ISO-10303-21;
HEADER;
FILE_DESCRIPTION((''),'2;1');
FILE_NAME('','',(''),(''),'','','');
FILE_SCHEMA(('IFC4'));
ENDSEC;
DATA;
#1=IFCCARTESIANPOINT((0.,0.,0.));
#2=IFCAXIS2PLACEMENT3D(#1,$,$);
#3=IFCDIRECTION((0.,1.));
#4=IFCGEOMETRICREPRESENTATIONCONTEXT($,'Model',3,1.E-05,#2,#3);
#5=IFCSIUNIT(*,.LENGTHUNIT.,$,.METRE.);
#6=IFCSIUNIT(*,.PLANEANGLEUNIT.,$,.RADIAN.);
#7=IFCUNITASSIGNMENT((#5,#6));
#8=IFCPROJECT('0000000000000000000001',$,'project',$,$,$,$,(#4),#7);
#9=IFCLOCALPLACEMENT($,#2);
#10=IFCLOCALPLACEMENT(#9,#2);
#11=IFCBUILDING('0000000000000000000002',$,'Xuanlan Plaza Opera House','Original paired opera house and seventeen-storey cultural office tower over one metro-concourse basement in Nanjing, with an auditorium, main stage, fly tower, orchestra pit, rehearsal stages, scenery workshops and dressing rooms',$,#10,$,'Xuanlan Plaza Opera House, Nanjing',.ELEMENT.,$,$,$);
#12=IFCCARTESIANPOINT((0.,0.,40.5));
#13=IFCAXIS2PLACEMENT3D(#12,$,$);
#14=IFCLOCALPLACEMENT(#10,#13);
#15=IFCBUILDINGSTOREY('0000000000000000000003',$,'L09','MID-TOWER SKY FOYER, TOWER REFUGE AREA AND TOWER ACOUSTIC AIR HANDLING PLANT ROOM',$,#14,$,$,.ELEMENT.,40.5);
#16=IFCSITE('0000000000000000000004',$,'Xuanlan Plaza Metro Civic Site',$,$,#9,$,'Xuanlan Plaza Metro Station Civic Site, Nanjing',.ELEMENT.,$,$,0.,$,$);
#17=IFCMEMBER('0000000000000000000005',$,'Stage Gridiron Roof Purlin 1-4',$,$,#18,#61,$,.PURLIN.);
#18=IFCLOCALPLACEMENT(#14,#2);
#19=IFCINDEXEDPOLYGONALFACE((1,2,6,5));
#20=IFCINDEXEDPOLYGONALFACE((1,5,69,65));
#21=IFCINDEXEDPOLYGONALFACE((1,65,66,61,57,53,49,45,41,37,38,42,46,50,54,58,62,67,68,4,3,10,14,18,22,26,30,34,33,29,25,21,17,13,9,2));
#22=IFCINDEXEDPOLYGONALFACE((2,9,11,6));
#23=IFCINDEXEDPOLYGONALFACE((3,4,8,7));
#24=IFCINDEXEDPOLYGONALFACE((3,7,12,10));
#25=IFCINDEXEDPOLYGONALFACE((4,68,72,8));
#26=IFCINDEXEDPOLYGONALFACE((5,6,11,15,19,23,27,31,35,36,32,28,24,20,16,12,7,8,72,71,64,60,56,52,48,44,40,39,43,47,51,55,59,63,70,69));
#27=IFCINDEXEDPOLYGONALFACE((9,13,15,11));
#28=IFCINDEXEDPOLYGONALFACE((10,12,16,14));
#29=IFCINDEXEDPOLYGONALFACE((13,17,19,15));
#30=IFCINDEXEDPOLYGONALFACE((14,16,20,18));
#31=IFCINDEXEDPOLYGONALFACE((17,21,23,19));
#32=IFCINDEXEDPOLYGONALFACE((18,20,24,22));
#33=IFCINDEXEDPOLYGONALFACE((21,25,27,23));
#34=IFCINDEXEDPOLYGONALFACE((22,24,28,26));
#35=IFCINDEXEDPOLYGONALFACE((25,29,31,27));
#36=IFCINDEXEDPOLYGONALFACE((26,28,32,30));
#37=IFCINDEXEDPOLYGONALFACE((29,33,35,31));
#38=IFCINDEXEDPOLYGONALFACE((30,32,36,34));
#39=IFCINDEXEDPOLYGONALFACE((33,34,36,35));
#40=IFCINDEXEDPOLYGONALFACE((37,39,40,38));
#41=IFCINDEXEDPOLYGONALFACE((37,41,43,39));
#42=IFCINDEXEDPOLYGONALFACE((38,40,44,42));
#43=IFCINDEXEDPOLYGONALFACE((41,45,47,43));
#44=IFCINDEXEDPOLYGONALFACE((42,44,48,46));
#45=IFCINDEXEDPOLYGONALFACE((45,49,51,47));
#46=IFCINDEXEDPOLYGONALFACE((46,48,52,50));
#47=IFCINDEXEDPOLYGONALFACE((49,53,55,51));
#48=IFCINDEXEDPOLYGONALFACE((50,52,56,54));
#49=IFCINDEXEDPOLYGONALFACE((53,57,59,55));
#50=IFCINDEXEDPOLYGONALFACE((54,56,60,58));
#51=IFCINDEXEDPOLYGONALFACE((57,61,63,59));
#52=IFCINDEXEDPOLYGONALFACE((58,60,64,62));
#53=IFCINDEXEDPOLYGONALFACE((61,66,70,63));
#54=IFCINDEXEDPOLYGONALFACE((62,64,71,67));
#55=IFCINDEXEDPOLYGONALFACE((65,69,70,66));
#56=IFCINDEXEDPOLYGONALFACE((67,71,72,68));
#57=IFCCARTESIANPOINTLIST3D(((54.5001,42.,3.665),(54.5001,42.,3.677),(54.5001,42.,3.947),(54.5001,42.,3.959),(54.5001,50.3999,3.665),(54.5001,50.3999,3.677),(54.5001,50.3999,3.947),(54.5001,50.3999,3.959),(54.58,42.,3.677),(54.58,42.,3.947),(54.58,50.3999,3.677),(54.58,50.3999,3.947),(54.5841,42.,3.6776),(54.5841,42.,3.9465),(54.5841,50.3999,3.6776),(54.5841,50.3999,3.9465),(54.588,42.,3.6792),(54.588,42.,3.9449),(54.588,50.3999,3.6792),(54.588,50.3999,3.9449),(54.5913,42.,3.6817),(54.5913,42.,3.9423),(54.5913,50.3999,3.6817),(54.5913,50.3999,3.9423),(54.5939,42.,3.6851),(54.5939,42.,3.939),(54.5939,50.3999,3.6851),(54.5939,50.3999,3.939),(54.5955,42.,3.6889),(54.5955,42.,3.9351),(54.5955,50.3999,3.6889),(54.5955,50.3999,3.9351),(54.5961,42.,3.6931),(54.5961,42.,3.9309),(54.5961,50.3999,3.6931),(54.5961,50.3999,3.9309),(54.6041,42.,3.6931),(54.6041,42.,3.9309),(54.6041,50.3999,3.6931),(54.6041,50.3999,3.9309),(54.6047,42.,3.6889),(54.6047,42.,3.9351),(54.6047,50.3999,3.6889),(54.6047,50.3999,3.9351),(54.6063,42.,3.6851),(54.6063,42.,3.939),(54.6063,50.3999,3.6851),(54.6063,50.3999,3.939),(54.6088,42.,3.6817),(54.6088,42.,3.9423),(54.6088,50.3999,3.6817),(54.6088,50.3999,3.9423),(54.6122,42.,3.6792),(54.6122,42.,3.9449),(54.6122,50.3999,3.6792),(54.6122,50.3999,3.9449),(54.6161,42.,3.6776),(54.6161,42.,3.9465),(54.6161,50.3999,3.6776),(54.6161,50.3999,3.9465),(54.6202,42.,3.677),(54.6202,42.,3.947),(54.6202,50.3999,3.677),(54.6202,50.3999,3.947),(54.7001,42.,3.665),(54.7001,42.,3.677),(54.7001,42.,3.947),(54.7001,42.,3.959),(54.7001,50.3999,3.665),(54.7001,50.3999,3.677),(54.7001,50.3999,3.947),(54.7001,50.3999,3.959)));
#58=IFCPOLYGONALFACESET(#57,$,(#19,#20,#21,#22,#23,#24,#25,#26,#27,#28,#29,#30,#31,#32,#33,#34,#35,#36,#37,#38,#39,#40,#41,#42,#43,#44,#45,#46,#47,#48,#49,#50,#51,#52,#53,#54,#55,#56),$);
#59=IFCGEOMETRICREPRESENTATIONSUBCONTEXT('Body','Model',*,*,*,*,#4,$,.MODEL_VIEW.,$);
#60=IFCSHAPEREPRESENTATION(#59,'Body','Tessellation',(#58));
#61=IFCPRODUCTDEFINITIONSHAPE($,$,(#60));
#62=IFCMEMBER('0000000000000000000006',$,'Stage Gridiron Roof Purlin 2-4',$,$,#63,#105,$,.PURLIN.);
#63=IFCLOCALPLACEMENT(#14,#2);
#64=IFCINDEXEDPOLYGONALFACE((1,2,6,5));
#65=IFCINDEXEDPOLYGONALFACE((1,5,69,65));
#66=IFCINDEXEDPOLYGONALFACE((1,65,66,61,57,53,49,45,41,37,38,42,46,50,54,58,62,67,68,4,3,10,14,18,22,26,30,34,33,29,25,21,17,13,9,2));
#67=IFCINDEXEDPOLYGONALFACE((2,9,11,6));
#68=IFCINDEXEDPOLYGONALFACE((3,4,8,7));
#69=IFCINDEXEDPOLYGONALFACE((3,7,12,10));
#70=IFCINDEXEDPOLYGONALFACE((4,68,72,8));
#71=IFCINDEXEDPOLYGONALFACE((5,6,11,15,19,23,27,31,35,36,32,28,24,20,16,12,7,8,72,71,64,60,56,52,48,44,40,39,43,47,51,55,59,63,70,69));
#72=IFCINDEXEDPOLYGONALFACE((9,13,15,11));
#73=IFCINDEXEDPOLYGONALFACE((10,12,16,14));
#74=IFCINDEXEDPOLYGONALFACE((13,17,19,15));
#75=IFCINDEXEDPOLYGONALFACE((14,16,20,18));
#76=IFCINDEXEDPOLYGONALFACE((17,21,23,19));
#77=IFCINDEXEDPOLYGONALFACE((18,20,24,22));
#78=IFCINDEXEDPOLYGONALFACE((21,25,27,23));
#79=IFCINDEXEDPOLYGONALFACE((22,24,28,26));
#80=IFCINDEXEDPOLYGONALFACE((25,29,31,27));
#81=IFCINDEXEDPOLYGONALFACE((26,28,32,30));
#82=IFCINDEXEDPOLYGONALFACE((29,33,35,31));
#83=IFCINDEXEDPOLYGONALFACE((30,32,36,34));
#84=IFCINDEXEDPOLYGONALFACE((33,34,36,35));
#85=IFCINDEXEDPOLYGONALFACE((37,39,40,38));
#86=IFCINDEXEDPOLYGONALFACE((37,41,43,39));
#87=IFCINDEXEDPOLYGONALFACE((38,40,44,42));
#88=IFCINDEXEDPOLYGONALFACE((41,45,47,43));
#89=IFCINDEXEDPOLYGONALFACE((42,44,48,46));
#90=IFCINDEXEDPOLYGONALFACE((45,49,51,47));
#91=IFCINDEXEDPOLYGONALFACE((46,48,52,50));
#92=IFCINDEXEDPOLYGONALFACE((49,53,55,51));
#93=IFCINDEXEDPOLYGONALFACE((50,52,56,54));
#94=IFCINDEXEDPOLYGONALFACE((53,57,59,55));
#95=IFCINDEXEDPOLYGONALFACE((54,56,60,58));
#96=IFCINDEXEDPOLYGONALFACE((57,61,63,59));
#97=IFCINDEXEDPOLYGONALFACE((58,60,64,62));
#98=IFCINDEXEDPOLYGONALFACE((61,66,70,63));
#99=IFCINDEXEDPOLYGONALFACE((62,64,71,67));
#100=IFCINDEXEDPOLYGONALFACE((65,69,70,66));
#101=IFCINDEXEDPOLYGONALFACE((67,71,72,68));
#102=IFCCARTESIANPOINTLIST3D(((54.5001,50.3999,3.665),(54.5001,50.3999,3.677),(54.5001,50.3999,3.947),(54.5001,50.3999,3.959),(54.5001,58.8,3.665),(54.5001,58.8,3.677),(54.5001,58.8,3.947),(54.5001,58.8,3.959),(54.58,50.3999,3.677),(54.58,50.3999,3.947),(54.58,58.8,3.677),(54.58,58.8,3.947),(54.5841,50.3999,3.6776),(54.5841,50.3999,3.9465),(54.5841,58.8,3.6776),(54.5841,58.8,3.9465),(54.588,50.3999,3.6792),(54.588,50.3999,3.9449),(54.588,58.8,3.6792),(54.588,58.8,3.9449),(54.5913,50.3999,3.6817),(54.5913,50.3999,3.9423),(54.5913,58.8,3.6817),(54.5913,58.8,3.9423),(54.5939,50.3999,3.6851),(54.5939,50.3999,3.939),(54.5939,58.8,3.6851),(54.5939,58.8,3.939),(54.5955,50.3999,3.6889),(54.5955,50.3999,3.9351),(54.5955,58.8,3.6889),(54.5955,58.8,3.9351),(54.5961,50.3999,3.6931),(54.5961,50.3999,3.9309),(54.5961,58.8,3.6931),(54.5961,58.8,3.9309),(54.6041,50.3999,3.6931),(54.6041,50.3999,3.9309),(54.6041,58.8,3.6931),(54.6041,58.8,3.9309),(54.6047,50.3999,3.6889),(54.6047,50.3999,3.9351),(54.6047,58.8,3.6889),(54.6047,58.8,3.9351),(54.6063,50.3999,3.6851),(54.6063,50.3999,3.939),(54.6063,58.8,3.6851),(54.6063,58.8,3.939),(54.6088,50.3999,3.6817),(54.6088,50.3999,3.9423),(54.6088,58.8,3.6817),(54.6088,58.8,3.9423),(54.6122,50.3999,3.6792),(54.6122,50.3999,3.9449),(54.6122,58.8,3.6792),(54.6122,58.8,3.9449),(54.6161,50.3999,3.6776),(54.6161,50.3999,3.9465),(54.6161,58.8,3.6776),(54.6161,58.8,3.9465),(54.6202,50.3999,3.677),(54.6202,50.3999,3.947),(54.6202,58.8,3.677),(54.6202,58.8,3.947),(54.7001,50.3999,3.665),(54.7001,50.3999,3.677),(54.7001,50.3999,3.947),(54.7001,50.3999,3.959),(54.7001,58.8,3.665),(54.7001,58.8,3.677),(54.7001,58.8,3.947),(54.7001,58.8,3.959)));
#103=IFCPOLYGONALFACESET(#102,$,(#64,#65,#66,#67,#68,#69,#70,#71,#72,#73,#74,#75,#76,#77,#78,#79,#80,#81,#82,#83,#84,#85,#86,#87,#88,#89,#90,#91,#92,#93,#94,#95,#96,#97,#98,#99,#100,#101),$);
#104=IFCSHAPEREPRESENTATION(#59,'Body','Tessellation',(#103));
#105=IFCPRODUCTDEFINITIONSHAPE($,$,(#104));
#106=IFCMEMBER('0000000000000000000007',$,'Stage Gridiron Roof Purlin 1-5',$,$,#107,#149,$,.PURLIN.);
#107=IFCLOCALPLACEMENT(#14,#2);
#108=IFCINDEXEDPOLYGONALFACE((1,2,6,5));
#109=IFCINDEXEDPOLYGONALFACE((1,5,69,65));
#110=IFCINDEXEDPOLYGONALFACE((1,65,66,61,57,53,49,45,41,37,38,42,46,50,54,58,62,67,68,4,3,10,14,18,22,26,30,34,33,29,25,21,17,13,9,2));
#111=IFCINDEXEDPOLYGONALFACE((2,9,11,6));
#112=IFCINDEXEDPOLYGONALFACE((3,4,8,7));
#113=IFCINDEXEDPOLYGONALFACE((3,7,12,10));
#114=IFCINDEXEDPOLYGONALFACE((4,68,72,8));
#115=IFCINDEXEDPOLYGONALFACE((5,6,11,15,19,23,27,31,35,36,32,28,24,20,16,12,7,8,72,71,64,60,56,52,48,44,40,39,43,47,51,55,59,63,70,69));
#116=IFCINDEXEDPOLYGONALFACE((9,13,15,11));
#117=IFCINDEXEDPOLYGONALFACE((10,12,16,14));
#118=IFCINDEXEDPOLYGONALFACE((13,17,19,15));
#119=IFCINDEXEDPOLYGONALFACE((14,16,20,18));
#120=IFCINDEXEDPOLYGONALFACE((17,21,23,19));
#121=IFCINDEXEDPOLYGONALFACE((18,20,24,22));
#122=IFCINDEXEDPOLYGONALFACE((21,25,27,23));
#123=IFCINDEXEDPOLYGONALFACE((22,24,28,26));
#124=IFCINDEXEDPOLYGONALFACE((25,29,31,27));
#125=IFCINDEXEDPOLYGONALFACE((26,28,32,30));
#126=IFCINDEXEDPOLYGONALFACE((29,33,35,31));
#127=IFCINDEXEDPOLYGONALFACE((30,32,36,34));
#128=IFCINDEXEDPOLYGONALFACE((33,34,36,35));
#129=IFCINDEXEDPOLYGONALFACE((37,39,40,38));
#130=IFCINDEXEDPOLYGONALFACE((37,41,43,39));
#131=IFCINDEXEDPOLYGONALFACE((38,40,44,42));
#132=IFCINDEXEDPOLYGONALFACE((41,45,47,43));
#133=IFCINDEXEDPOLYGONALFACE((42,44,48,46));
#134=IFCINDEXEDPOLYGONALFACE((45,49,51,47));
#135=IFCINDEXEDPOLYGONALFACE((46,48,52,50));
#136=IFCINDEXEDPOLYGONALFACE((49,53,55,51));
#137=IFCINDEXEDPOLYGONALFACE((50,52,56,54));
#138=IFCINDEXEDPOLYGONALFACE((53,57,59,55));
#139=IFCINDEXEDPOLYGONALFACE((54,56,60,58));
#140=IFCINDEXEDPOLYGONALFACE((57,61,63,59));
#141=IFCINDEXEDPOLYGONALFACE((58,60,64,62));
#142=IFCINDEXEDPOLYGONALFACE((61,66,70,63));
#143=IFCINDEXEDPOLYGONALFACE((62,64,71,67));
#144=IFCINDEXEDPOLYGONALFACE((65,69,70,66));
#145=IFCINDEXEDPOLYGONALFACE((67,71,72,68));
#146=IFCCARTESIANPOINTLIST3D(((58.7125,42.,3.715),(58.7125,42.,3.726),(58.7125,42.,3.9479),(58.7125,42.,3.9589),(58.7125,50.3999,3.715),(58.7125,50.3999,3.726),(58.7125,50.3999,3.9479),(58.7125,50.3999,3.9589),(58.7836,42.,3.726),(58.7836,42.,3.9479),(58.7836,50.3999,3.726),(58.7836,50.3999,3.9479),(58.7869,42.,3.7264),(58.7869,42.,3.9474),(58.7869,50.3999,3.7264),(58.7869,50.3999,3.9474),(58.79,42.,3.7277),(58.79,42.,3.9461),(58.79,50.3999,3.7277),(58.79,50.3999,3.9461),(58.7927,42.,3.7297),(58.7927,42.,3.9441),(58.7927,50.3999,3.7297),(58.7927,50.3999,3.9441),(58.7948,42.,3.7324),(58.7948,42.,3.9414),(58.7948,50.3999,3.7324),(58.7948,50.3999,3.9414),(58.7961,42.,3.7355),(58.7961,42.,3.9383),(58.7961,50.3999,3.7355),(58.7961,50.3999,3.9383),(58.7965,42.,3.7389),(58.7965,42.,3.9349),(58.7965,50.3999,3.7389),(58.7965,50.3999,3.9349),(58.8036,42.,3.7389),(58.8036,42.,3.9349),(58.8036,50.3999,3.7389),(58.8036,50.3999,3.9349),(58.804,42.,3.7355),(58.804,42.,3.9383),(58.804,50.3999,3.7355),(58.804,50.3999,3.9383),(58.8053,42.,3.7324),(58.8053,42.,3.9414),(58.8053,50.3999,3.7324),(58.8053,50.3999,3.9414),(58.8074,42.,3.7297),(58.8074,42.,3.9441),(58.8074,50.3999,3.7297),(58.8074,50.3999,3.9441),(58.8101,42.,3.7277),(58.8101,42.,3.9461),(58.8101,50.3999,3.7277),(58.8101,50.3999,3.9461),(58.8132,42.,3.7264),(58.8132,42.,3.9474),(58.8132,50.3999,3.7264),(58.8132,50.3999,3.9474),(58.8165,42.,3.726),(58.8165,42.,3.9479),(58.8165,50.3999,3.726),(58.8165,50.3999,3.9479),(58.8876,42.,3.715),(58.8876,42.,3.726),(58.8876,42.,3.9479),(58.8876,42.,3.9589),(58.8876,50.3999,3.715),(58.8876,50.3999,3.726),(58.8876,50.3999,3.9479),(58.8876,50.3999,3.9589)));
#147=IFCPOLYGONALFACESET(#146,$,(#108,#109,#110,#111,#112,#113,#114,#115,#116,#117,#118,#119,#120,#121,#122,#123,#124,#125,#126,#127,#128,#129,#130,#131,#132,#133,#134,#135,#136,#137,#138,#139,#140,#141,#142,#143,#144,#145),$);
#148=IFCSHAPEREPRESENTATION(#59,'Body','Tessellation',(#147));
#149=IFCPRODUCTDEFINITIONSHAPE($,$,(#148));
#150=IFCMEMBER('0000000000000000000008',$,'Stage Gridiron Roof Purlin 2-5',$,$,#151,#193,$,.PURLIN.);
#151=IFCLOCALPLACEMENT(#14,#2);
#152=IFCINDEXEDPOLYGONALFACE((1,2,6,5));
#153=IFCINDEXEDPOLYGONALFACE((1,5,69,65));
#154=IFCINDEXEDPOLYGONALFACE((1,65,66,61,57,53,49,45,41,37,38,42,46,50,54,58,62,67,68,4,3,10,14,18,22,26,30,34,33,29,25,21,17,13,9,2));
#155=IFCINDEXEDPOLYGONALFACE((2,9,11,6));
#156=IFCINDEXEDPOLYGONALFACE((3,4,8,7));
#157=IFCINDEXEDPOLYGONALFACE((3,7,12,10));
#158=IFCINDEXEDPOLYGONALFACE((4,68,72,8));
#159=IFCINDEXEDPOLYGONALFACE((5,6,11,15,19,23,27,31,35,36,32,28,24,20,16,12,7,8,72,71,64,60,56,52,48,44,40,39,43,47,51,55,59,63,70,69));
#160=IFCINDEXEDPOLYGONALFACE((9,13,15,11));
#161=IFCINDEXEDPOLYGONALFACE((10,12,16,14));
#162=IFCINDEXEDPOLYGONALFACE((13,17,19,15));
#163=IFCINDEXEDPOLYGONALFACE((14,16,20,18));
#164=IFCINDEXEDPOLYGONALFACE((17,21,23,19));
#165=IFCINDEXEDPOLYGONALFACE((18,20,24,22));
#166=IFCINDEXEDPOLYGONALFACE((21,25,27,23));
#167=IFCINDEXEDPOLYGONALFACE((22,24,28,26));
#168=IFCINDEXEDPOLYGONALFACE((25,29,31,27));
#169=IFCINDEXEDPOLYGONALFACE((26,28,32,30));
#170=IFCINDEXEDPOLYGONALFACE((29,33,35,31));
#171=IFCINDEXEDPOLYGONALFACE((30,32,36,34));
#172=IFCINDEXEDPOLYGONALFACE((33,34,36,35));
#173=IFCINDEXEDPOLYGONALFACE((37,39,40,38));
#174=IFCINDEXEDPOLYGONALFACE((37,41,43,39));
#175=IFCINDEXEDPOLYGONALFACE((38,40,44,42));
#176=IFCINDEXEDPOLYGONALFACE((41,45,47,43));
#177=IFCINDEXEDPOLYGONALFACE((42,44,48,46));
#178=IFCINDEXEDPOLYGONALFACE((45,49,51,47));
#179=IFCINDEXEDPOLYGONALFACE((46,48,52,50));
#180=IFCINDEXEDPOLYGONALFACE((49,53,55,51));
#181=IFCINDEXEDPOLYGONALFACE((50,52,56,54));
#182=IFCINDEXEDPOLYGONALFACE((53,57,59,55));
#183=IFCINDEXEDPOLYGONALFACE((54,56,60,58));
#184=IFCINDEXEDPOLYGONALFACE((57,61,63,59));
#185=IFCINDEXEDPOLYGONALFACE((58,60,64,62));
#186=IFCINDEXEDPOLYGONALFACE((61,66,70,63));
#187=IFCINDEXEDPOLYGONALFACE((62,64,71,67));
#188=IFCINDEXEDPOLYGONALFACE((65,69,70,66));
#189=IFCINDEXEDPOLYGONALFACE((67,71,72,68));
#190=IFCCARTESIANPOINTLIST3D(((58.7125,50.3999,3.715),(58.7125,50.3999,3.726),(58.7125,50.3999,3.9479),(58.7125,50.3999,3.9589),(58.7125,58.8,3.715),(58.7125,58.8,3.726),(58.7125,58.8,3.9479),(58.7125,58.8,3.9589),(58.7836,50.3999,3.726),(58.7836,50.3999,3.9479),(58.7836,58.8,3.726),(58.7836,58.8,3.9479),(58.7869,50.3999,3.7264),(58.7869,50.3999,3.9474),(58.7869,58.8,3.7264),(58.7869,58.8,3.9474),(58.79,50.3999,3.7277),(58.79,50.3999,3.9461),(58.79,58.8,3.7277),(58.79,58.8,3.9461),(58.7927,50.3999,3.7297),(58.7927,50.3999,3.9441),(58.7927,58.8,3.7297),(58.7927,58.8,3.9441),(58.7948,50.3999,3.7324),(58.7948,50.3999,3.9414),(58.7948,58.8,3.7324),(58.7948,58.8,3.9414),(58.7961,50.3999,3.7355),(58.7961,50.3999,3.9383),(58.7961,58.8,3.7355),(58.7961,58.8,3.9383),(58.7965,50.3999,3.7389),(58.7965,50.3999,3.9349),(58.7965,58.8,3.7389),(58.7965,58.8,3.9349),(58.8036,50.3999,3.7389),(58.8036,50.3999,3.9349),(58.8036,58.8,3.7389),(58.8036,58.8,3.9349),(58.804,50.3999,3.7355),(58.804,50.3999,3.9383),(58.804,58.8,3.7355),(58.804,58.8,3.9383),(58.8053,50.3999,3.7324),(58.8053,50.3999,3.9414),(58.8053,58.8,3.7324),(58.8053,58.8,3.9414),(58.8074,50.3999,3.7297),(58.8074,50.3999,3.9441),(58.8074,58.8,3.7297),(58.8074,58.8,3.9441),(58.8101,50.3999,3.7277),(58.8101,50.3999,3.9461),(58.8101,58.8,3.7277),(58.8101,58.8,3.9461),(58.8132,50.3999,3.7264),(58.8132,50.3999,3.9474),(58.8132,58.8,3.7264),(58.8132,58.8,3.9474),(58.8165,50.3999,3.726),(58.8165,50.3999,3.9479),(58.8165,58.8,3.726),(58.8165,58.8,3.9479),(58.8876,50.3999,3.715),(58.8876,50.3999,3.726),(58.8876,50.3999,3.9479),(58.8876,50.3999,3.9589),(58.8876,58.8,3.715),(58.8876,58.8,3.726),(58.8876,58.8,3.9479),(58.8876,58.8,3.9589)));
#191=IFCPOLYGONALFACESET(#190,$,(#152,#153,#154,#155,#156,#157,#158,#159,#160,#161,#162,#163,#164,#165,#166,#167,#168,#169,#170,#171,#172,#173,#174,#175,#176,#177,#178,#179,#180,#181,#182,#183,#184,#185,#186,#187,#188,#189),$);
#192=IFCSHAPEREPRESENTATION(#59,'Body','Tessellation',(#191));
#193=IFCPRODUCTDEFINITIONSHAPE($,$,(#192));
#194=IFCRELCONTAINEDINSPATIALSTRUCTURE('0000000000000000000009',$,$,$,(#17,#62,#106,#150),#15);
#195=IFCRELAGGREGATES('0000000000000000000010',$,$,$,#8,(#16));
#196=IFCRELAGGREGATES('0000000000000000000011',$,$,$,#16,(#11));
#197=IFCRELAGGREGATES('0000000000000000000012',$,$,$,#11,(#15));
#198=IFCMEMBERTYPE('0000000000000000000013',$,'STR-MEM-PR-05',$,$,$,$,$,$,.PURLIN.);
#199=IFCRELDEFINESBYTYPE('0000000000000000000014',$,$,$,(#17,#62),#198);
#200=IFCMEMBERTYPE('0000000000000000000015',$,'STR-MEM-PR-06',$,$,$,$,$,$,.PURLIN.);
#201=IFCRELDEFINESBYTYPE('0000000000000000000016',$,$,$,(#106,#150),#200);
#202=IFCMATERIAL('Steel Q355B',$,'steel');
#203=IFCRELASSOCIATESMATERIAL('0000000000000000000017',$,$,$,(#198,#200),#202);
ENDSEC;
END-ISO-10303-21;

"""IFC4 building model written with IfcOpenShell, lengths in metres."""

from ifc_helpers import new_model, si_unit, direction, frame, origin, origin_2d, place, context, subcontext, project, spatial, i_section, extrude, material, material_profile, profile_set, type_object, element, save


model = new_model("IFC4")

# Units and contexts
model_context = context("Model", 3, precision=1e-05, world=origin(), true_north=direction((0.0, 1.0)))
body_context = subcontext(model_context, "Body", "Model", "MODEL_VIEW")
ifc_project = project(units=[si_unit("LENGTHUNIT", "METRE"), si_unit("PLANEANGLEUNIT", "RADIAN")], contexts=[model_context])

# Site, building, storey
site_placement = place(None, origin())
site = spatial("IfcSite", under=ifc_project, at=site_placement, Name="Xuanlan Plaza Metro Civic Site", LongName="Xuanlan Plaza Metro Station Civic Site, Nanjing", CompositionType="ELEMENT", RefElevation=0.0)
building_placement = place(site_placement, origin())
building = spatial("IfcBuilding", under=site, at=building_placement, Name="Xuanlan Plaza Opera House", Description="Original paired opera house and seventeen-storey cultural office tower over one metro-concourse basement in Nanjing, with an auditorium, main stage, fly tower, orchestra pit, rehearsal stages, scenery workshops and dressing rooms", LongName="Xuanlan Plaza Opera House, Nanjing", CompositionType="ELEMENT")
storey_placement = place(building_placement, frame((0.0, 0.0, 40.5)))
storey = spatial("IfcBuildingStorey", under=building, at=storey_placement, Name="L09", Description="MID-TOWER SKY FOYER, TOWER REFUGE AREA AND TOWER ACOUSTIC AIR HANDLING PLANT ROOM", CompositionType="ELEMENT", Elevation=40.5)

# Members
ifc_material_1 = material(Name="Steel Q355B", Category="steel")
ifc_material_profile_1 = material_profile(ifc_material_1, i_section(OverallWidth=0.2, OverallDepth=0.2939, WebThickness=0.0081, FlangeThickness=0.012, FilletRadius=0.0161, at=origin_2d()), Name="HM 294x200x8x12")
ifc_profile_set_1 = profile_set([ifc_material_profile_1], Name="Steel Q355B")
member_type_1 = type_object("IfcMemberType", Name="STR-MEM-PR-05", PredefinedType="PURLIN", material=ifc_profile_set_1)
member_1_placement = place(storey_placement, frame((54.6001, 42.0, 3.812), z_axis=(0.0, 1.0, 0.0), x_axis=(-1.0, 0.0, 0.0)))
element("IfcMember", 1, at=member_1_placement, inside=storey, type_object=member_type_1, Name="Stage Gridiron Roof Purlin 1-4", PredefinedType="PURLIN", context=body_context, shape_type="SweptSolid", body=[
    extrude(i_section(OverallWidth=0.2, OverallDepth=0.2939, WebThickness=0.0081, FlangeThickness=0.012, FilletRadius=0.0161, at=origin_2d()), origin(), (0.0, 0.0, 1.0), 8.3999),
])
member_2_placement = place(storey_placement, frame((54.6001, 50.3999, 3.812), z_axis=(0.0, 1.0, 0.0), x_axis=(-1.0, 0.0, 0.0)))
element("IfcMember", 2, at=member_2_placement, inside=storey, type_object=member_type_1, Name="Stage Gridiron Roof Purlin 2-4", PredefinedType="PURLIN", context=body_context, shape_type="SweptSolid", body=[
    extrude(i_section(OverallWidth=0.2, OverallDepth=0.2939, WebThickness=0.0081, FlangeThickness=0.012, FilletRadius=0.0161, at=origin_2d()), origin(), (0.0, 0.0, 1.0), 8.4001),
])
ifc_material_profile_2 = material_profile(ifc_material_1, i_section(OverallWidth=0.175, OverallDepth=0.2439, WebThickness=0.0071, FlangeThickness=0.011, FilletRadius=0.0129, at=origin_2d()), Name="HM 244x175x7x11")
ifc_profile_set_2 = profile_set([ifc_material_profile_2], Name="Steel Q355B")
member_type_2 = type_object("IfcMemberType", Name="STR-MEM-PR-06", PredefinedType="PURLIN", material=ifc_profile_set_2)
member_3_placement = place(storey_placement, frame((58.8, 42.0, 3.8369), z_axis=(0.0, 1.0, 0.0), x_axis=(-1.0, 0.0, 0.0)))
element("IfcMember", 3, at=member_3_placement, inside=storey, type_object=member_type_2, Name="Stage Gridiron Roof Purlin 1-5", PredefinedType="PURLIN", context=body_context, shape_type="SweptSolid", body=[
    extrude(i_section(OverallWidth=0.175, OverallDepth=0.2439, WebThickness=0.0071, FlangeThickness=0.011, FilletRadius=0.0129, at=origin_2d()), origin(), (0.0, 0.0, 1.0), 8.3999),
])
member_4_placement = place(storey_placement, frame((58.8, 50.3999, 3.8369), z_axis=(0.0, 1.0, 0.0), x_axis=(-1.0, 0.0, 0.0)))
element("IfcMember", 4, at=member_4_placement, inside=storey, type_object=member_type_2, Name="Stage Gridiron Roof Purlin 2-5", PredefinedType="PURLIN", context=body_context, shape_type="SweptSolid", body=[
    extrude(i_section(OverallWidth=0.175, OverallDepth=0.2439, WebThickness=0.0071, FlangeThickness=0.011, FilletRadius=0.0129, at=origin_2d()), origin(), (0.0, 0.0, 1.0), 8.4001),
])

save(model, "model.ifc")
